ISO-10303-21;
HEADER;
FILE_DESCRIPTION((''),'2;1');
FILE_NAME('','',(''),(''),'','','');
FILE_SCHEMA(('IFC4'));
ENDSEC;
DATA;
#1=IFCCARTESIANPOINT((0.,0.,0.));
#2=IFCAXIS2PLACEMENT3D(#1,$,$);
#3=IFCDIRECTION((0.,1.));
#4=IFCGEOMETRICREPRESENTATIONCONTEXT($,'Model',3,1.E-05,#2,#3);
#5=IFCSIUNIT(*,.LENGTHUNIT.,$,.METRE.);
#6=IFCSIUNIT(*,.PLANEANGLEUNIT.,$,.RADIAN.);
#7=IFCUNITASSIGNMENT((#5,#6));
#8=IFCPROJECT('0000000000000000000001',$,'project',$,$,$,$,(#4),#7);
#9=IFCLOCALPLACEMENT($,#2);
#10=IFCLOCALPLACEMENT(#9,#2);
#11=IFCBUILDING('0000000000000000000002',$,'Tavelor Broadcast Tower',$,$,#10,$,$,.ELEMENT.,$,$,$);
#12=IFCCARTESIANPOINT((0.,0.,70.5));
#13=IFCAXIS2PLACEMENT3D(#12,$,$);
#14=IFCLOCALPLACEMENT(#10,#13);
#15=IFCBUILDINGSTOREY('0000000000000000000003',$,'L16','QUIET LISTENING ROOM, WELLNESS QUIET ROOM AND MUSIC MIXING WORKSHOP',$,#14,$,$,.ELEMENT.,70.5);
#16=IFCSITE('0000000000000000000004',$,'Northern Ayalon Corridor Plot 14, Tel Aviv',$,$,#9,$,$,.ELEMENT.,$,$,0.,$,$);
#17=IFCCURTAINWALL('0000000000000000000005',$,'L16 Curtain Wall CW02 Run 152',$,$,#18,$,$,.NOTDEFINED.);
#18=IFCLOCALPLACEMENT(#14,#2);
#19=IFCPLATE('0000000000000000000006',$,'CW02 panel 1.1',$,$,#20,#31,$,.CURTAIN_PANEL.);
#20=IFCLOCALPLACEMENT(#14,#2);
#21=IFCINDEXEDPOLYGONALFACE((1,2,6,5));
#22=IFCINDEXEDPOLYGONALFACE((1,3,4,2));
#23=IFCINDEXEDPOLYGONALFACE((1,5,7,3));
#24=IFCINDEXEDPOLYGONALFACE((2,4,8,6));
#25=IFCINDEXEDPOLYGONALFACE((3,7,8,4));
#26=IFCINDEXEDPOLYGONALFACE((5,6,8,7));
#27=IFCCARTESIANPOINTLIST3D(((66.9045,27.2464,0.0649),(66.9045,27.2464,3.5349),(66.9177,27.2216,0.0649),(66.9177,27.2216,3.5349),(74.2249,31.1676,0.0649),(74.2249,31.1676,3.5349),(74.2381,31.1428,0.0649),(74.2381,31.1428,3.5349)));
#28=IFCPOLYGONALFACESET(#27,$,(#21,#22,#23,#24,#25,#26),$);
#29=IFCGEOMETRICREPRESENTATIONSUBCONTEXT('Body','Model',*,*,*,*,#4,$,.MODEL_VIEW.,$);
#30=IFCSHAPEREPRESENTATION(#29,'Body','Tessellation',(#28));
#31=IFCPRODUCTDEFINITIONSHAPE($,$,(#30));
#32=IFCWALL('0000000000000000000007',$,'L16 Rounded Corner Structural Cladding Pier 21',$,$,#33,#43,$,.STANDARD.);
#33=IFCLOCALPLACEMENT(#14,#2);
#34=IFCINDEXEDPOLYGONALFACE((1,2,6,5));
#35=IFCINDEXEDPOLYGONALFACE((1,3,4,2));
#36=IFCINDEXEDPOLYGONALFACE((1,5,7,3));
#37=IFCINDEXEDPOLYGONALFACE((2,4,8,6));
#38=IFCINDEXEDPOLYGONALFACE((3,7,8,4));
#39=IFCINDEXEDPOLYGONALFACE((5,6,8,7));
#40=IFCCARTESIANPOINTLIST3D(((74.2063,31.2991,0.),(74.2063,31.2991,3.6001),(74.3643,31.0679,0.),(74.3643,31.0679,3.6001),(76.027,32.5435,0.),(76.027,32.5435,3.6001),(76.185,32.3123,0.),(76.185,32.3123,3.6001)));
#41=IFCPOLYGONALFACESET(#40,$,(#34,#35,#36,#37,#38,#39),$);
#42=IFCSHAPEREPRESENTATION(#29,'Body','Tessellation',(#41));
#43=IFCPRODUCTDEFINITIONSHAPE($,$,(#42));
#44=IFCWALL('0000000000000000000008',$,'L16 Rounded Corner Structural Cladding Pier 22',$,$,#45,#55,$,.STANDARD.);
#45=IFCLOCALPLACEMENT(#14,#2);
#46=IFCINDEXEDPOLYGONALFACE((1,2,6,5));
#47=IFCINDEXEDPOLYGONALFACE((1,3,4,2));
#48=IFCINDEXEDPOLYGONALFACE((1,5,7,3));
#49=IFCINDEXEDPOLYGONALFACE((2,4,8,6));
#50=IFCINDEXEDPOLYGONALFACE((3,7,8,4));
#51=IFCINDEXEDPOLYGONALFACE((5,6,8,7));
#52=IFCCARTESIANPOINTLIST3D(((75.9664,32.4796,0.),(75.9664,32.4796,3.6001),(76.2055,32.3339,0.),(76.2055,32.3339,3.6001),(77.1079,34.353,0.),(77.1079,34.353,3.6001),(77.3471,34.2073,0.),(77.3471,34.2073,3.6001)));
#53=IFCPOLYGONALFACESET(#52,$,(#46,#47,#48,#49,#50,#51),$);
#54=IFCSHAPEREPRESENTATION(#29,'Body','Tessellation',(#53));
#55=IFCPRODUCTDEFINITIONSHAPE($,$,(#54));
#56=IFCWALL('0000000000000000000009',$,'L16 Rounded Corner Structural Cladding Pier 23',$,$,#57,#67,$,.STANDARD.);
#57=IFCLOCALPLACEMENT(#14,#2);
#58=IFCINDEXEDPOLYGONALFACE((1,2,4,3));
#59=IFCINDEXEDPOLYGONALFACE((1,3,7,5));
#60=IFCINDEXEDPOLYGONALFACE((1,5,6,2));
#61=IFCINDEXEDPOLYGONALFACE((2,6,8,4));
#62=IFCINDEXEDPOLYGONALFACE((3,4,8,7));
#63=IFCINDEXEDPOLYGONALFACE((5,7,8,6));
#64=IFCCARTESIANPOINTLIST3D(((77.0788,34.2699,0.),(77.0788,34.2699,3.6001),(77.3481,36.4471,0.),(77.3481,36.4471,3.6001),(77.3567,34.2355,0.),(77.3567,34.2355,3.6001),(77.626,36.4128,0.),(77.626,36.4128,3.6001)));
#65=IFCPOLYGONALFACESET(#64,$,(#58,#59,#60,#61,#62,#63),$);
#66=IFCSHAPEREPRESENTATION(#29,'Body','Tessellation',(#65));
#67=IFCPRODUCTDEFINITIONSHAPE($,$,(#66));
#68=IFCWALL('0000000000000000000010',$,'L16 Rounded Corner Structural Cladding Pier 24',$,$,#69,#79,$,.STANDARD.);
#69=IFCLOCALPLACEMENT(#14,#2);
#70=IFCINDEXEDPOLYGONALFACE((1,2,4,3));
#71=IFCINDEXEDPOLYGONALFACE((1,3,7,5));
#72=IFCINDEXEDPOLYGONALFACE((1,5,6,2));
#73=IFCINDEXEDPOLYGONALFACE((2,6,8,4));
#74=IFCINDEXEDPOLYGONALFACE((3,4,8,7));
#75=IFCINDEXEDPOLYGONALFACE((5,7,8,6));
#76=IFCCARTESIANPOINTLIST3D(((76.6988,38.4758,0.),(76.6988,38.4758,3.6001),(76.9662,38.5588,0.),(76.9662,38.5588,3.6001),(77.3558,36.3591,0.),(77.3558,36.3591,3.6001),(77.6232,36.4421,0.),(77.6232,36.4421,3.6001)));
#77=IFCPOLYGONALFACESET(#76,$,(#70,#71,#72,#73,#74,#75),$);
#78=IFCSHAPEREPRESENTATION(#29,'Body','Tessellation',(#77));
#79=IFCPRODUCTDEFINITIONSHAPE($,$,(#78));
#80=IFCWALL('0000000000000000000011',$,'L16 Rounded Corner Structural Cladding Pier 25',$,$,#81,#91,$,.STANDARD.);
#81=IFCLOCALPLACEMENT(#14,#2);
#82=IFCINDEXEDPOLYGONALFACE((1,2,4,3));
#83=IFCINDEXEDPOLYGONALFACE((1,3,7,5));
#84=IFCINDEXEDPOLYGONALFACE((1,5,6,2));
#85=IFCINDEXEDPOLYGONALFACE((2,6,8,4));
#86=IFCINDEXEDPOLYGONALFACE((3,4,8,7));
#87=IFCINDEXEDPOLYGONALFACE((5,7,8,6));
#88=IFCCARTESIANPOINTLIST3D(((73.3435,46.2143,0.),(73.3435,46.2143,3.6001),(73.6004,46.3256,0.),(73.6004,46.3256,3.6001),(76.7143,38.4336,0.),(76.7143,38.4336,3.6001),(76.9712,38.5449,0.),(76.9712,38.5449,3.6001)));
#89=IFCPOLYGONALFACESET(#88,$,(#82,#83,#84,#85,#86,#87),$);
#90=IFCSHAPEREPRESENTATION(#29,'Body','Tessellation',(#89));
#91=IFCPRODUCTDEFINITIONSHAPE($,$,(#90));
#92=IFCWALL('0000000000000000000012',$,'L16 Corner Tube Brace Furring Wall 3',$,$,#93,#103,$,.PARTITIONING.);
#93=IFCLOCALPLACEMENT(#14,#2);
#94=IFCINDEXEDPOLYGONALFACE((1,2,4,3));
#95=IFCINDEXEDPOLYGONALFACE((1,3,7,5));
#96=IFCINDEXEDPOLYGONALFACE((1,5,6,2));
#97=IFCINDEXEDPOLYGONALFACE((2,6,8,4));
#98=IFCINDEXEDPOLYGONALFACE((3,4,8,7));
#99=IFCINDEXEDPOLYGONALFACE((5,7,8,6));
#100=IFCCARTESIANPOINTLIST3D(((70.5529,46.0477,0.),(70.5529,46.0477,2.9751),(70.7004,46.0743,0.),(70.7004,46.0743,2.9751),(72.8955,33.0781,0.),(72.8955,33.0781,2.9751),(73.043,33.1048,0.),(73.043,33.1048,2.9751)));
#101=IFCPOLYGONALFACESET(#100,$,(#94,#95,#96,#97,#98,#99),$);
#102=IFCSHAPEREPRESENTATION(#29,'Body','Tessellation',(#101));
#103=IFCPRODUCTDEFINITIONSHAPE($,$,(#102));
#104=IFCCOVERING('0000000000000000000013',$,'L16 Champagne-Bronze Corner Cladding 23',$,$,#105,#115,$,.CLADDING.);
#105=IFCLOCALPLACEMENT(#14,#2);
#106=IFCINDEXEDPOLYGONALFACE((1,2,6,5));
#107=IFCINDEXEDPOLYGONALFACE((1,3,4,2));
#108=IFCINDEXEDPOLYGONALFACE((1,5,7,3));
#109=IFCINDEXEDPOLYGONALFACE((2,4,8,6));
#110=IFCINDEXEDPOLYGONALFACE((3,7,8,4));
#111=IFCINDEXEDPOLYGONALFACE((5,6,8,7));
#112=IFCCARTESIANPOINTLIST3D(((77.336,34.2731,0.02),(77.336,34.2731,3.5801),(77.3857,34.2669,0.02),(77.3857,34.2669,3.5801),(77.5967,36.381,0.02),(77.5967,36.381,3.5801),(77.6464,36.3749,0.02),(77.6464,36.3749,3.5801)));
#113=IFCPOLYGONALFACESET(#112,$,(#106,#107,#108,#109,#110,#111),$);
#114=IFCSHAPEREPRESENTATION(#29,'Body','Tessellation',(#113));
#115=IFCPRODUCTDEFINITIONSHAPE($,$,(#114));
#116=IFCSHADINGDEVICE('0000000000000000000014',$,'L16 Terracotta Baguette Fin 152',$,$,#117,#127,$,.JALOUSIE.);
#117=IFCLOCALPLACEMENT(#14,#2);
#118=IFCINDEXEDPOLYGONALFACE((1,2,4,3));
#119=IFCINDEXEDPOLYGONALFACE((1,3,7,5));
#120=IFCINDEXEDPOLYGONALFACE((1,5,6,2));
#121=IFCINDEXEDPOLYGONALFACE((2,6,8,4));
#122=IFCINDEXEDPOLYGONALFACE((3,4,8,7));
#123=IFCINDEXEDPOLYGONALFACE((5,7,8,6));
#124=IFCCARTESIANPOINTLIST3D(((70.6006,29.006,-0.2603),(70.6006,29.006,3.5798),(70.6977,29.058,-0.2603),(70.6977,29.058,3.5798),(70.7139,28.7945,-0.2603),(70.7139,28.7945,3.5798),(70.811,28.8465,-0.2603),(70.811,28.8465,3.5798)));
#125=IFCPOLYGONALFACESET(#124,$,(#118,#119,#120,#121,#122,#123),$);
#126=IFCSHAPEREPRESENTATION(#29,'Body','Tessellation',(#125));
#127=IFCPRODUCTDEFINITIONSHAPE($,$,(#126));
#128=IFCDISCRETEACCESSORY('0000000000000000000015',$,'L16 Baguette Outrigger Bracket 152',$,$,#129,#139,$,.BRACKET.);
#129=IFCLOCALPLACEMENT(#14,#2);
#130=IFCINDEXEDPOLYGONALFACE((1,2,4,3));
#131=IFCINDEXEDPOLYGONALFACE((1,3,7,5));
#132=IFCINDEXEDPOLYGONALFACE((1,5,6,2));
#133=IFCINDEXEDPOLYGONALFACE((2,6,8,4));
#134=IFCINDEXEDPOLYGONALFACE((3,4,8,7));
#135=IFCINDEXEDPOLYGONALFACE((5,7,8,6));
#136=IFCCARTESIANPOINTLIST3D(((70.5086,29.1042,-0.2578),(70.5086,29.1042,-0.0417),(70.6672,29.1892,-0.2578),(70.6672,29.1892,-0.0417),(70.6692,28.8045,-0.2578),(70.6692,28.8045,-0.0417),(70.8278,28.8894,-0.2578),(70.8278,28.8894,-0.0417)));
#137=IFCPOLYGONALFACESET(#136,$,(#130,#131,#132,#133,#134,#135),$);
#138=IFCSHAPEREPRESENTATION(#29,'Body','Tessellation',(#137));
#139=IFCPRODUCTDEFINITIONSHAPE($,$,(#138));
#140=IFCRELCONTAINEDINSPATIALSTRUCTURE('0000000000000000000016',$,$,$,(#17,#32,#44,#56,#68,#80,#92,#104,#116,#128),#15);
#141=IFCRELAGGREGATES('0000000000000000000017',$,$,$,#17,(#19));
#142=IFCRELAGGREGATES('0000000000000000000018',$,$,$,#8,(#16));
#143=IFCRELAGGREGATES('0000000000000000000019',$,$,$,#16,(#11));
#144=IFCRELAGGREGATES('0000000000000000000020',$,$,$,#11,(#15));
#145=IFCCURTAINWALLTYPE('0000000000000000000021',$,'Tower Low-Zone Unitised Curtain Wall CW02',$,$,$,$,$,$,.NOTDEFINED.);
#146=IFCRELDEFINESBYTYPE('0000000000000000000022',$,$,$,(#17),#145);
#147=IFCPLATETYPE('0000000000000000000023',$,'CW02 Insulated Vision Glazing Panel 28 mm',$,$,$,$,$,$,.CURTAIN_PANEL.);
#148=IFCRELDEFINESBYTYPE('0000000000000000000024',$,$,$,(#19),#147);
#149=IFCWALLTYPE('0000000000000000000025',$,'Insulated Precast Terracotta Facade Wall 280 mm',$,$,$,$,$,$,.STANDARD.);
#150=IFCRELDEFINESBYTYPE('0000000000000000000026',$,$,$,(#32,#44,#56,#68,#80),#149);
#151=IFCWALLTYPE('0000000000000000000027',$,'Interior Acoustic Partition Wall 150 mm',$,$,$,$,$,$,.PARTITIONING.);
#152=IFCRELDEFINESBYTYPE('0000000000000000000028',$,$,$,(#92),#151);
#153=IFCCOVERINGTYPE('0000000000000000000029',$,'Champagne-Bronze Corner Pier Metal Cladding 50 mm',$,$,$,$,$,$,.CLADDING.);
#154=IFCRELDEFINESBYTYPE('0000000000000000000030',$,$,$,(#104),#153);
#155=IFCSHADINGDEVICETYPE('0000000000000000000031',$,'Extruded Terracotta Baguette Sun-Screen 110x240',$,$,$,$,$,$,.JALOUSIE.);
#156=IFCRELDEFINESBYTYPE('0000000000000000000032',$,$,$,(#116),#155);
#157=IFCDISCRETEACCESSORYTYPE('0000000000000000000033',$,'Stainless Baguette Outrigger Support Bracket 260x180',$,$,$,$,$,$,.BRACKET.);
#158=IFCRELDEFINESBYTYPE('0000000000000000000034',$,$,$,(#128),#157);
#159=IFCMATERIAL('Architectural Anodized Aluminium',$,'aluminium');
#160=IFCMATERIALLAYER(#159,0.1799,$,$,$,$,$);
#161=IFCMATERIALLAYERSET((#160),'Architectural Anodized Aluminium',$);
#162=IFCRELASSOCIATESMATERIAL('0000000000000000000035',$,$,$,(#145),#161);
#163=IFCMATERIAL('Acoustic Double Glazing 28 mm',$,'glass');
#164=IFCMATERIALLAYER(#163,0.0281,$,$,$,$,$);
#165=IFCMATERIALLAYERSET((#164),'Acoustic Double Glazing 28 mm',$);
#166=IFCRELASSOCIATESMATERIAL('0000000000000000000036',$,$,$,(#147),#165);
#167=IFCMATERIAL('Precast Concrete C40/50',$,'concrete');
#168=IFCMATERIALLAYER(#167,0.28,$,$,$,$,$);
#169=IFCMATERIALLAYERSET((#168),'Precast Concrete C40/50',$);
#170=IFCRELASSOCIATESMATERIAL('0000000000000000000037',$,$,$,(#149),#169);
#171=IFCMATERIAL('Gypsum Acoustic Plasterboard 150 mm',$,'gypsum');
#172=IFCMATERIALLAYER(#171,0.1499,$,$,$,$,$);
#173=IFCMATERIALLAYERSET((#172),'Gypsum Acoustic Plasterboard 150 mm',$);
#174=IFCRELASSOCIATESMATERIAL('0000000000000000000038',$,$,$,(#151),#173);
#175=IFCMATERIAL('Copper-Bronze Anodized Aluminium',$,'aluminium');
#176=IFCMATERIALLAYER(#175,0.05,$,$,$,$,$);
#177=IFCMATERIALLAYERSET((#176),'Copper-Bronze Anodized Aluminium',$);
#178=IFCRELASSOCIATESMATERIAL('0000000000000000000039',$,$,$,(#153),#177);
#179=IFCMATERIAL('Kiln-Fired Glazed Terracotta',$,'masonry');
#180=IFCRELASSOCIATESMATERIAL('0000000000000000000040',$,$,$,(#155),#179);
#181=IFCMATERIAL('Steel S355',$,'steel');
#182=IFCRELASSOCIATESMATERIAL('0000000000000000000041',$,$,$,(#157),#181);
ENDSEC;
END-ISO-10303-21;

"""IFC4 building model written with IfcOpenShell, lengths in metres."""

from ifc_helpers import new_model, si_unit, direction, frame, frame_2d, origin, origin_2d, place, context, subcontext, project, spatial, rectangle, extrude, source, transform, mapped, material, layer, layer_set, type_object, type_shapes, element, aggregate, save


model = new_model("IFC4")

# Units and contexts
model_context = context("Model", 3, precision=1e-05, world=origin(), true_north=direction((0.0, 1.0)))
body_context = subcontext(model_context, "Body", "Model", "MODEL_VIEW")
ifc_project = project(units=[si_unit("LENGTHUNIT", "METRE"), si_unit("PLANEANGLEUNIT", "RADIAN")], contexts=[model_context])

# Site, building, storey
site_placement = place(None, origin())
site = spatial("IfcSite", under=ifc_project, at=site_placement, Name="Northern Ayalon Corridor Plot 14, Tel Aviv", CompositionType="ELEMENT", RefElevation=0.0)
building_placement = place(site_placement, origin())
building = spatial("IfcBuilding", under=site, at=building_placement, Name="Tavelor Broadcast Tower", CompositionType="ELEMENT")
storey_placement = place(building_placement, frame((0.0, 0.0, 70.5)))
storey = spatial("IfcBuildingStorey", under=building, at=storey_placement, Name="L16", Description="QUIET LISTENING ROOM, WELLNESS QUIET ROOM AND MUSIC MIXING WORKSHOP", CompositionType="ELEMENT", Elevation=70.5)

# Shared definitions
ifc_material_1 = material(Name="Steel S355", Category="steel")

# Shared definitions
ifc_material_2 = material(Name="Architectural Anodized Aluminium", Category="aluminium")
ifc_layer_1 = layer(ifc_material_2, 0.1799)
ifc_layer_set_1 = layer_set([ifc_layer_1], Name="Architectural Anodized Aluminium")
curtain_wall_type = type_object("IfcCurtainWallType", Name="Tower Low-Zone Unitised Curtain Wall CW02", PredefinedType="NOTDEFINED", material=ifc_layer_set_1)

# Curtain wall
curtain_wall_1_placement = place(storey_placement, origin())
curtain_wall_1 = element("IfcCurtainWall", 1, at=curtain_wall_1_placement, inside=storey, type_object=curtain_wall_type, Name="L16 Curtain Wall CW02 Run 152", PredefinedType="NOTDEFINED")

# Plate
ifc_material_3 = material(Name="Acoustic Double Glazing 28 mm", Category="glass")
ifc_layer_2 = layer(ifc_material_3, 0.0281)
ifc_layer_set_2 = layer_set([ifc_layer_2], Name="Acoustic Double Glazing 28 mm")
plate_type_1 = type_object("IfcPlateType", Name="CW02 Insulated Vision Glazing Panel 28 mm", PredefinedType="CURTAIN_PANEL", material=ifc_layer_set_2)
shared_shape_1 = source(origin(), body_context, "Body", "SweptSolid", [
    extrude(rectangle(XDim=8.3044, YDim=0.0281, at=origin_2d()), origin(), (0.0, 0.0, 1.0), 3.47),
])
type_shapes(plate_type_1, [shared_shape_1])
plate_1_placement = place(storey_placement, frame((70.5713, 29.1946, 0.0649), z_axis=(0.0, 0.0, 1.0), x_axis=(0.881501, 0.472181, 0.0)))
plate_1 = element("IfcPlate", 2, at=plate_1_placement, type_object=plate_type_1, Name="CW02 panel 1.1", PredefinedType="CURTAIN_PANEL", context=body_context, shape_type="MappedRepresentation", body=[
    mapped(shared_shape_1, transform((0.0, 0.0, 0.0), scale=1.0)),
])
aggregate(curtain_wall_1, [plate_1])

# Walls
ifc_material_4 = material(Name="Precast Concrete C40/50", Category="concrete")
ifc_layer_3 = layer(ifc_material_4, 0.28)
ifc_layer_set_3 = layer_set([ifc_layer_3], Name="Precast Concrete C40/50")
wall_type_1 = type_object("IfcWallType", Name="Insulated Precast Terracotta Facade Wall 280 mm", PredefinedType="STANDARD", material=ifc_layer_set_3)
wall_1_placement = place(storey_placement, frame((74.2854, 31.1836, 0.0), z_axis=(0.0, 0.0, 1.0), x_axis=(0.825609, 0.564243, 0.0)))
element("IfcWall", 3, at=wall_1_placement, inside=storey, type_object=wall_type_1, Name="L16 Rounded Corner Structural Cladding Pier 21", PredefinedType="STANDARD", context=body_context, shape_type="SweptSolid", body=[
    extrude(rectangle(XDim=2.2053, YDim=0.28, at=frame_2d((1.1025, 0.0))), origin(), (0.0, 0.0, 1.0), 3.6001),
])
for number, where, z_axis, x_axis, name in (
    (4, (76.0859, 32.4067, 0.0), (0.0, 0.0, 1.0), (0.520342, 0.853958, 0.0), "L16 Rounded Corner Structural Cladding Pier 22"),
    (5, (77.2178, 34.2527, 0.0), (0.0, 0.0, 1.0), (0.122747, 0.992438, 0.0), "L16 Rounded Corner Structural Cladding Pier 23"),
):
    element("IfcWall", number, at=place(storey_placement, frame(where, z_axis=z_axis, x_axis=x_axis)), inside=storey, type_object=wall_type_1, Name=name, PredefinedType="STANDARD", context=body_context, shape_type="SweptSolid", body=[
        extrude(rectangle(XDim=2.1938, YDim=0.28, at=frame_2d((1.0969, 0.0))), origin(), (0.0, 0.0, 1.0), 3.6001),
    ])
wall_2_placement = place(storey_placement, frame((77.4895, 36.4006, 0.0), z_axis=(0.0, 0.0, 1.0), x_axis=(-0.29643, 0.955054, 0.0)))
element("IfcWall", 6, at=wall_2_placement, inside=storey, type_object=wall_type_1, Name="L16 Rounded Corner Structural Cladding Pier 24", PredefinedType="STANDARD", context=body_context, shape_type="SweptSolid", body=[
    extrude(rectangle(XDim=2.2163, YDim=0.28, at=frame_2d((1.1082, 0.0))), origin(), (0.0, 0.0, 1.0), 3.6001),
])
wall_3_placement = place(storey_placement, frame((76.8428, 38.4893, 0.0), z_axis=(0.0, 0.0, 1.0), x_axis=(-0.397527, 0.917591, 0.0)))
element("IfcWall", 7, at=wall_3_placement, inside=storey, type_object=wall_type_1, Name="L16 Rounded Corner Structural Cladding Pier 25", PredefinedType="STANDARD", context=body_context, shape_type="SweptSolid", body=[
    extrude(rectangle(XDim=8.4795, YDim=0.28, at=frame_2d((4.2397, 0.0))), origin(), (0.0, 0.0, 1.0), 3.6001),
])
ifc_material_5 = material(Name="Gypsum Acoustic Plasterboard 150 mm", Category="gypsum")
ifc_layer_4 = layer(ifc_material_5, 0.1499)
ifc_layer_set_4 = layer_set([ifc_layer_4], Name="Gypsum Acoustic Plasterboard 150 mm")
wall_type_2 = type_object("IfcWallType", Name="Interior Acoustic Partition Wall 150 mm", PredefinedType="PARTITIONING", material=ifc_layer_set_4)
wall_4_placement = place(storey_placement, frame((72.9692, 33.0913, 0.0), z_axis=(0.0, 0.0, 1.0), x_axis=(-0.177743, 0.984077, 0.0)))
element("IfcWall", 8, at=wall_4_placement, inside=storey, type_object=wall_type_2, Name="L16 Corner Tube Brace Furring Wall 3", PredefinedType="PARTITIONING", context=body_context, shape_type="SweptSolid", body=[
    extrude(rectangle(XDim=13.1794, YDim=0.1499, at=frame_2d((6.5898, 0.0))), origin(), (0.0, 0.0, 1.0), 2.9751),
])

# Covering
ifc_material_6 = material(Name="Copper-Bronze Anodized Aluminium", Category="aluminium")
ifc_layer_5 = layer(ifc_material_6, 0.05)
ifc_layer_set_5 = layer_set([ifc_layer_5], Name="Copper-Bronze Anodized Aluminium")
covering_type = type_object("IfcCoveringType", Name="Champagne-Bronze Corner Pier Metal Cladding 50 mm", PredefinedType="CLADDING", material=ifc_layer_set_5)
covering_placement = place(storey_placement, frame((77.4912, 35.324, 0.02), z_axis=(0.0, 0.0, 1.0), x_axis=(0.122735, 0.992439, 0.0)))
element("IfcCovering", 9, at=covering_placement, inside=storey, type_object=covering_type, Name="L16 Champagne-Bronze Corner Cladding 23", PredefinedType="CLADDING", context=body_context, shape_type="SweptSolid", body=[
    extrude(rectangle(XDim=2.124, YDim=0.05, at=origin_2d()), origin(), (0.0, 0.0, 1.0), 3.5601),
])

# Shading device
ifc_material_7 = material(Name="Kiln-Fired Glazed Terracotta", Category="masonry")
shading_device_type = type_object("IfcShadingDeviceType", Name="Extruded Terracotta Baguette Sun-Screen 110x240", PredefinedType="JALOUSIE", material=ifc_material_7)
shared_shape_2 = source(origin(), body_context, "Body", "SweptSolid", [
    extrude(rectangle(XDim=0.1101, YDim=0.24, at=origin_2d()), origin(), (0.0, 0.0, 1.0), 3.8401),
])
type_shapes(shading_device_type, [shared_shape_2])
shading_device_placement = place(storey_placement, frame((70.7058, 28.9263, -0.2603), z_axis=(0.0, 0.0, 1.0), x_axis=(0.881468, 0.472243, 0.0)))
element("IfcShadingDevice", 10, at=shading_device_placement, inside=storey, type_object=shading_device_type, Name="L16 Terracotta Baguette Fin 152", PredefinedType="JALOUSIE", context=body_context, shape_type="MappedRepresentation", body=[
    mapped(shared_shape_2, transform((0.0, 0.0, 0.0), scale=1.0)),
])

# Discrete accessory
discrete_accessory_type = type_object("IfcDiscreteAccessoryType", Name="Stainless Baguette Outrigger Support Bracket 260x180", PredefinedType="BRACKET", material=ifc_material_1)
shared_shape_3 = source(origin(), body_context, "Body", "SweptSolid", [
    extrude(rectangle(XDim=0.1799, YDim=0.3401, at=origin_2d()), origin(), (0.0, 0.0, 1.0), 0.2161),
])
type_shapes(discrete_accessory_type, [shared_shape_3])
discrete_accessory_placement = place(storey_placement, frame((70.6682, 28.9968, -0.2578), z_axis=(0.0, 0.0, 1.0), x_axis=(0.881468, 0.472243, 0.0)))
element("IfcDiscreteAccessory", 11, at=discrete_accessory_placement, inside=storey, type_object=discrete_accessory_type, Name="L16 Baguette Outrigger Bracket 152", PredefinedType="BRACKET", context=body_context, shape_type="MappedRepresentation", body=[
    mapped(shared_shape_3, transform((0.0, 0.0, 0.0), scale=1.0)),
])

save(model, "model.ifc")
